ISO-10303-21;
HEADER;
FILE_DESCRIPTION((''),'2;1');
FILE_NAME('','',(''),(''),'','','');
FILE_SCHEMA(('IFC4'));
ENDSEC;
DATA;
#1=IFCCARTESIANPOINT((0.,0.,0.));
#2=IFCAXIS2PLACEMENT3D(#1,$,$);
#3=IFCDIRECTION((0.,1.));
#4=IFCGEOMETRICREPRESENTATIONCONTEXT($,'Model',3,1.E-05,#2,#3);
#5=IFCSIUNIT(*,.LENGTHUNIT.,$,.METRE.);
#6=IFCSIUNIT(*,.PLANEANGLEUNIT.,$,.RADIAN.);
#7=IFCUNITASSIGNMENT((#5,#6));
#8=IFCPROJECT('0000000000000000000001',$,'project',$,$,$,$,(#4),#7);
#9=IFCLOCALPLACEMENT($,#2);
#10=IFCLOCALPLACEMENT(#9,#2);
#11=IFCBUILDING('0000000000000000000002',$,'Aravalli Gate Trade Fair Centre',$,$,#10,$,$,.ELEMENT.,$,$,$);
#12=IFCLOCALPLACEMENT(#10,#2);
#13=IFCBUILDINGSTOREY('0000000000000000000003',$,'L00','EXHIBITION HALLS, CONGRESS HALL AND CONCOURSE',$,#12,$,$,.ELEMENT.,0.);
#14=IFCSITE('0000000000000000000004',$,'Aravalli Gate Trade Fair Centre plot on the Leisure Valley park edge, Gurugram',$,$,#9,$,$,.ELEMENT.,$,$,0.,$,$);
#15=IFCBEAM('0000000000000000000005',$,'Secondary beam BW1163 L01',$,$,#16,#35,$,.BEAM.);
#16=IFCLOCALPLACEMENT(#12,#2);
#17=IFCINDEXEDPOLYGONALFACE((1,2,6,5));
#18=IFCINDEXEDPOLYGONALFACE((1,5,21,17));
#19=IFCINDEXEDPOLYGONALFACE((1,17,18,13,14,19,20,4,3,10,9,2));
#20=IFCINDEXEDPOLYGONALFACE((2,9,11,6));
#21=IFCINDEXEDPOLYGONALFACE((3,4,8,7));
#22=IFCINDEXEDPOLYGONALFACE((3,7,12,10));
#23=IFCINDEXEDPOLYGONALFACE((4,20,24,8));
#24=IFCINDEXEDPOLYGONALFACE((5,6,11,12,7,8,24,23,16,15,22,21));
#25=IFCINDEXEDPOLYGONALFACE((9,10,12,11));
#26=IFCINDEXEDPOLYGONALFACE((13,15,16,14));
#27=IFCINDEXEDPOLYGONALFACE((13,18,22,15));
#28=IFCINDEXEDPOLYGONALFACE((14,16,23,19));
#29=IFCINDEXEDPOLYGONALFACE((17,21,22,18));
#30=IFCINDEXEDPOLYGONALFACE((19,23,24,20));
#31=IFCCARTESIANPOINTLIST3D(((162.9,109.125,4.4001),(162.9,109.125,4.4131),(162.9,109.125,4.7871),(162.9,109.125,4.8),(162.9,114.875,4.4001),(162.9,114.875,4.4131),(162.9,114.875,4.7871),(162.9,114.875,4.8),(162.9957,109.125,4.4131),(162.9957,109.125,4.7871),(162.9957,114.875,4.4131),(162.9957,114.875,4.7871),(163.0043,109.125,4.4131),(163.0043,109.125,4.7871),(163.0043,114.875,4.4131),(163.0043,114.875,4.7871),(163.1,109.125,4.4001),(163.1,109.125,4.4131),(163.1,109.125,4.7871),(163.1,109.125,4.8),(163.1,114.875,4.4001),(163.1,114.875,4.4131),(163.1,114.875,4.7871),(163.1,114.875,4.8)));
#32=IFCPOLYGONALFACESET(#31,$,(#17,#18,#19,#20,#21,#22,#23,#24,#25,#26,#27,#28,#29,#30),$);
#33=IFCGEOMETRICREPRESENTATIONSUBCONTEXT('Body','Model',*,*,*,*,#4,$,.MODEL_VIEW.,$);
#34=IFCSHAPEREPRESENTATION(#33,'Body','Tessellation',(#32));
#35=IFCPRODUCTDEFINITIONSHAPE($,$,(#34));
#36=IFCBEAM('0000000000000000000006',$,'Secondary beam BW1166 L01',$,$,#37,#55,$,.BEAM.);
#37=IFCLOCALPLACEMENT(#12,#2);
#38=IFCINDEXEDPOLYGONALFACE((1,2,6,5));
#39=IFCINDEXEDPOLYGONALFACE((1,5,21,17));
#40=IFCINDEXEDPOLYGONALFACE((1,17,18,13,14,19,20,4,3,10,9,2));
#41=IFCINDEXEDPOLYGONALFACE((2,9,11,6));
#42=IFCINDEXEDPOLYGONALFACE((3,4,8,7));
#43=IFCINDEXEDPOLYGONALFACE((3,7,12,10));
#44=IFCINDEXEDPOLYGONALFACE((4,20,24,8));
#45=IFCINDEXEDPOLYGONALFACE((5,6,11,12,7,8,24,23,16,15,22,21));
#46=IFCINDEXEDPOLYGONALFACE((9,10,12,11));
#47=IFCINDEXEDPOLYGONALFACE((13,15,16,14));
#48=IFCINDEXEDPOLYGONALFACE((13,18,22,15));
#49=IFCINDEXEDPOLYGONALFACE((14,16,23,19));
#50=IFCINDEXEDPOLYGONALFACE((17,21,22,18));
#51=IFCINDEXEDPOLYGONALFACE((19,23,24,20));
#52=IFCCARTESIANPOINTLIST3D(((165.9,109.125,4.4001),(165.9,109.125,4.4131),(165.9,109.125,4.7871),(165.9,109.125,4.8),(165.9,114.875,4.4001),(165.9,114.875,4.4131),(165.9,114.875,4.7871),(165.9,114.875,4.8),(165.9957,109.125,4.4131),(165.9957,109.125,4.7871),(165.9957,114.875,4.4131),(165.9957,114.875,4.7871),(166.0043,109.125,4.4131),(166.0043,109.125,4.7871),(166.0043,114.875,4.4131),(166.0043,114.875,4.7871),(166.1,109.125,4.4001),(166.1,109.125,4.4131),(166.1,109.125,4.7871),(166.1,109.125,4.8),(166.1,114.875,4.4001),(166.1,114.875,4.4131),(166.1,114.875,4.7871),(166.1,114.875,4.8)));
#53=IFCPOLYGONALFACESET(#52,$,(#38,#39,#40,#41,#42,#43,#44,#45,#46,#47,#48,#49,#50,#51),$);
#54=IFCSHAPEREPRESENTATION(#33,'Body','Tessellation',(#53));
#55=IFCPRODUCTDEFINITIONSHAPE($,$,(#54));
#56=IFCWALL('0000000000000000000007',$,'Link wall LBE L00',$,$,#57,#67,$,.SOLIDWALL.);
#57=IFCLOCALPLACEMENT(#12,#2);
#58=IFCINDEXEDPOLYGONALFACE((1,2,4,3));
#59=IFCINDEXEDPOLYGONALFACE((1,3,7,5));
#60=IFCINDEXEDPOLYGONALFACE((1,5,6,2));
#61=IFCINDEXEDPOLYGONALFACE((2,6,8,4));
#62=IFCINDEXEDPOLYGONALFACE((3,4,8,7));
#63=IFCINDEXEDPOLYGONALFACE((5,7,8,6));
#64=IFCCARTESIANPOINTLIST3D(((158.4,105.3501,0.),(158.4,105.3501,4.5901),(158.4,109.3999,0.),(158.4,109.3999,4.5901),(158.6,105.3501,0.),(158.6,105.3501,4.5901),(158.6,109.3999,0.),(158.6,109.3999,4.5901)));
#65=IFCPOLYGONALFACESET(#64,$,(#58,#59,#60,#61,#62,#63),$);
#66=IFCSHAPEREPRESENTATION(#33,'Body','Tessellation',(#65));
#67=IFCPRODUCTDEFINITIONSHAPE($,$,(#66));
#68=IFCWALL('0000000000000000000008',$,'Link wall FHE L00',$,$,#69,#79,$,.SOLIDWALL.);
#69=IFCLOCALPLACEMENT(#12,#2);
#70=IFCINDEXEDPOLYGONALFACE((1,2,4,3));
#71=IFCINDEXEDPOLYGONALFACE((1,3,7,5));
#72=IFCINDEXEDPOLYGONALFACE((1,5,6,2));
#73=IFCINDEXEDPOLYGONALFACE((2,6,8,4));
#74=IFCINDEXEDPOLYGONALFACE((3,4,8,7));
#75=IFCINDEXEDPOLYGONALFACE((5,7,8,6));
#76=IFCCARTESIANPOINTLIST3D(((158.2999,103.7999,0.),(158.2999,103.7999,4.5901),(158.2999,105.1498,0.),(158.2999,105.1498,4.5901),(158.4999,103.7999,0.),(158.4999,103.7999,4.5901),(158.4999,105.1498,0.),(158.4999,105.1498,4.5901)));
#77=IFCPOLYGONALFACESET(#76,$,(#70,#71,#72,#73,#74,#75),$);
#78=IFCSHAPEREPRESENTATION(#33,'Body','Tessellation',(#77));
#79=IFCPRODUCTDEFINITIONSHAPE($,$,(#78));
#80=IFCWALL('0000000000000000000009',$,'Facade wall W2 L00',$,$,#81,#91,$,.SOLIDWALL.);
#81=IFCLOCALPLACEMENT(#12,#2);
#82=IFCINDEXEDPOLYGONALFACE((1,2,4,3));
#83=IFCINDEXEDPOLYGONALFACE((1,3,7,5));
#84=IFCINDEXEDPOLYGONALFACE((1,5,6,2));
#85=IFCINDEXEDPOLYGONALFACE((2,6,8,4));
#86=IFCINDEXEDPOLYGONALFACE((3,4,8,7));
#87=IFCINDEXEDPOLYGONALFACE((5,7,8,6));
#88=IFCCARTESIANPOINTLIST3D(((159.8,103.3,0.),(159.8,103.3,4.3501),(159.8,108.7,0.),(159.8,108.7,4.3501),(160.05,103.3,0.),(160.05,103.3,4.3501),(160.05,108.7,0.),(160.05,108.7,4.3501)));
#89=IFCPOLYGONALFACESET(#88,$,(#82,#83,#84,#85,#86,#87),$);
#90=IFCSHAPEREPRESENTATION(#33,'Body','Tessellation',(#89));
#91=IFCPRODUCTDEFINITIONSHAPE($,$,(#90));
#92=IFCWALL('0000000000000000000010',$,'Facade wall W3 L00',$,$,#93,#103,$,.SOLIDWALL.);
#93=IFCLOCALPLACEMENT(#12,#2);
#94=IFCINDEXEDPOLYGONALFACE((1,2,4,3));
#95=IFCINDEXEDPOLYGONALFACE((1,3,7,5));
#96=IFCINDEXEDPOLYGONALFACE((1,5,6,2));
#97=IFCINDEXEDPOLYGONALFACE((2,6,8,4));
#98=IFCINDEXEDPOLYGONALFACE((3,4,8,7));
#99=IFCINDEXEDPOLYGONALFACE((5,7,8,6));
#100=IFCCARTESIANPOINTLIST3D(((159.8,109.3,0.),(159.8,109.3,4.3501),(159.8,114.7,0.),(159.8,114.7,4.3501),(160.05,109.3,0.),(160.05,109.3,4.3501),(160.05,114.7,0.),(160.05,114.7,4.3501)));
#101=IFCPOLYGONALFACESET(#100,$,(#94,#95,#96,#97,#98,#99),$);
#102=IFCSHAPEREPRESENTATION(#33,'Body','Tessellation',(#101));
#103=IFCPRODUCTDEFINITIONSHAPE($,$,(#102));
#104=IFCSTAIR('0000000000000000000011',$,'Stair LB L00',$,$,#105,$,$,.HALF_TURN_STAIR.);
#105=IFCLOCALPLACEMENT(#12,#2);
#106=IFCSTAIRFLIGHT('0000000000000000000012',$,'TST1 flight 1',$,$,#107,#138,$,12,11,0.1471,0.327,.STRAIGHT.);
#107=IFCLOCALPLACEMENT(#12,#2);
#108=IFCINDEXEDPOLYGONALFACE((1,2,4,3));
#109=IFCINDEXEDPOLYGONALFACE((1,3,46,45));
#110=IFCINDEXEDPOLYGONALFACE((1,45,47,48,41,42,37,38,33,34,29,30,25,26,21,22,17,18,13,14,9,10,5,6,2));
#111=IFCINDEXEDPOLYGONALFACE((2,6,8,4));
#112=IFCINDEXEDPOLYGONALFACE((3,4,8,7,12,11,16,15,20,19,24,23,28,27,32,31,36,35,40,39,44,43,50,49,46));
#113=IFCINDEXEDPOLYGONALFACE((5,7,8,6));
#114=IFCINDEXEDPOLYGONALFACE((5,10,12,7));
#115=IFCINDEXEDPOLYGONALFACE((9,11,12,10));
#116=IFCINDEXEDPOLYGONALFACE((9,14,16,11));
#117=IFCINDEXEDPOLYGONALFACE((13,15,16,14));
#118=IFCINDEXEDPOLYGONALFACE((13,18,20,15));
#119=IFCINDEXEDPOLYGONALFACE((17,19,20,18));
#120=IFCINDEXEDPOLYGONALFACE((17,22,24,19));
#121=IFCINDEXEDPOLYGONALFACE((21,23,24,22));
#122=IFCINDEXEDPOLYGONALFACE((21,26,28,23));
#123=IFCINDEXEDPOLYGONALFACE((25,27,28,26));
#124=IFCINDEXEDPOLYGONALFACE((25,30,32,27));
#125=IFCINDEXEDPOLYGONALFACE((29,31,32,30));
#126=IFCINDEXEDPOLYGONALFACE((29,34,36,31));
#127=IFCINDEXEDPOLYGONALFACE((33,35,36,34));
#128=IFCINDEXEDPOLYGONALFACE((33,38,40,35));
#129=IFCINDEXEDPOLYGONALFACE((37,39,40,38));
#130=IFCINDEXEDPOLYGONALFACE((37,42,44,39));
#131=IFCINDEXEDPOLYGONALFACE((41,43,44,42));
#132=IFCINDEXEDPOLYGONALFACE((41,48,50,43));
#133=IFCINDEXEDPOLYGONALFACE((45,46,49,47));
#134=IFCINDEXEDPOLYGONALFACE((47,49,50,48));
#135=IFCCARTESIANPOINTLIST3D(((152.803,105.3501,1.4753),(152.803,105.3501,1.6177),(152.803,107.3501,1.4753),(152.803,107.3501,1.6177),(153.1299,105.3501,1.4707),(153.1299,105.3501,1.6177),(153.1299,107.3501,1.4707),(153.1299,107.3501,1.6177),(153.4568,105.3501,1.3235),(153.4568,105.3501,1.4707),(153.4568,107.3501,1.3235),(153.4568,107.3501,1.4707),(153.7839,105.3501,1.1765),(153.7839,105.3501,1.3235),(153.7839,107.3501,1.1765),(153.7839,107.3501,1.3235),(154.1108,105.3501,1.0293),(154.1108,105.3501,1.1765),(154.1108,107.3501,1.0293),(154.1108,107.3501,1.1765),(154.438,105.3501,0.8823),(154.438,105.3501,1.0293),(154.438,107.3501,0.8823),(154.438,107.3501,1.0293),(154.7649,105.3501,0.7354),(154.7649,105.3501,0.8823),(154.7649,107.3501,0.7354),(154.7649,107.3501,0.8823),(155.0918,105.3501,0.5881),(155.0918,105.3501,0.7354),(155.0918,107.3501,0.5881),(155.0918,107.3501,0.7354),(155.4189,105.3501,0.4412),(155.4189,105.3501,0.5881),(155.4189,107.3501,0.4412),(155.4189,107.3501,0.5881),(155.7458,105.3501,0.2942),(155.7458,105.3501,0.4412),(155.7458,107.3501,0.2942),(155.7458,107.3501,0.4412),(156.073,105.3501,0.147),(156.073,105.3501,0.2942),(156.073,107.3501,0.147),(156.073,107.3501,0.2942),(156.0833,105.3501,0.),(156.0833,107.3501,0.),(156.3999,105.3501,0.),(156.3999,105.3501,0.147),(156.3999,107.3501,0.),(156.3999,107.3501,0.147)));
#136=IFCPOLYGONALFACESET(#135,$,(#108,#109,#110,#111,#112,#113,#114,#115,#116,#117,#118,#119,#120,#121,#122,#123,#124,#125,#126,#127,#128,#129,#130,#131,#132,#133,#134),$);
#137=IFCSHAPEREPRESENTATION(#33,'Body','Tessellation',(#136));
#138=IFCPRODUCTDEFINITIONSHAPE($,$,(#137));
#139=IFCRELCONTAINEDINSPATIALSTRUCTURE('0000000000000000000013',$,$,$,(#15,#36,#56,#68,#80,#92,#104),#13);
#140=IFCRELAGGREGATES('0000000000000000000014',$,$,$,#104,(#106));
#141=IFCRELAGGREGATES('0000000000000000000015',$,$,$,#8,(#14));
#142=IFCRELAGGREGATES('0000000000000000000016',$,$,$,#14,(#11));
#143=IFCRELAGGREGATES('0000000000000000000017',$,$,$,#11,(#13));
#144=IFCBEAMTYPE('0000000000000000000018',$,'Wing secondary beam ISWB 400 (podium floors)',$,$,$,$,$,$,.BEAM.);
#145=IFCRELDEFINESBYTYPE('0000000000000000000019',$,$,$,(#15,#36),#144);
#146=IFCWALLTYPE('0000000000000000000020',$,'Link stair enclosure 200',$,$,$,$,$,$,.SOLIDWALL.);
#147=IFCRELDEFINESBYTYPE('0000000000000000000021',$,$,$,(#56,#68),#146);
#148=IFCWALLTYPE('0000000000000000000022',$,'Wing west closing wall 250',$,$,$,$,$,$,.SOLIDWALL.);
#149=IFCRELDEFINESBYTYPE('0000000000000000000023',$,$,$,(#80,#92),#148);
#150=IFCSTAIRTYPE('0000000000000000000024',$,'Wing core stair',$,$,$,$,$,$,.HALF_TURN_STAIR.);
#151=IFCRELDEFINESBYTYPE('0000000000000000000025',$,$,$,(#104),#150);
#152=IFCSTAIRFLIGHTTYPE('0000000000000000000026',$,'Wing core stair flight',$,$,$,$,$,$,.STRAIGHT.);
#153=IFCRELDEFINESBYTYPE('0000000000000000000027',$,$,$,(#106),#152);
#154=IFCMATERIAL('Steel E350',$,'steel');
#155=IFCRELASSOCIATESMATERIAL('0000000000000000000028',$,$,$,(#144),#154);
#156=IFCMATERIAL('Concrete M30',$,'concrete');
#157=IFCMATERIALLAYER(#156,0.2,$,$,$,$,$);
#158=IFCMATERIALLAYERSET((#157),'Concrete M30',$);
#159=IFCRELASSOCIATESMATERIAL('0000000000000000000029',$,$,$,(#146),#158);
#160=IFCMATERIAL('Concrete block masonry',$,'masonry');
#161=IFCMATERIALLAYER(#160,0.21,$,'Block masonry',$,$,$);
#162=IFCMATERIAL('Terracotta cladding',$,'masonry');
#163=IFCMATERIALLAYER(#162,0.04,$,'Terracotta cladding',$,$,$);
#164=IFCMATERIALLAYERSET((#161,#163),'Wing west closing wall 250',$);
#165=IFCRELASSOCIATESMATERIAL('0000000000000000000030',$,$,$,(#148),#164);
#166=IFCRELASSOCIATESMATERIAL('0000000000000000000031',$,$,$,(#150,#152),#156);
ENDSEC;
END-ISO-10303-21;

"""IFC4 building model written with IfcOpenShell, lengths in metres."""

from ifc_helpers import new_model, si_unit, direction, frame, frame_2d, origin, origin_2d, place, context, subcontext, project, spatial, polyline, rectangle, i_section, outline, extrude, material, layer, layer_set, material_profile, profile_set, type_object, element, aggregate, save


model = new_model("IFC4")

# Units and contexts
model_context = context("Model", 3, precision=1e-05, world=origin(), true_north=direction((0.0, 1.0)))
body_context = subcontext(model_context, "Body", "Model", "MODEL_VIEW")
ifc_project = project(units=[si_unit("LENGTHUNIT", "METRE"), si_unit("PLANEANGLEUNIT", "RADIAN")], contexts=[model_context])

# Site, building, storey
site_placement = place(None, origin())
site = spatial("IfcSite", under=ifc_project, at=site_placement, Name="Aravalli Gate Trade Fair Centre plot on the Leisure Valley park edge, Gurugram", CompositionType="ELEMENT", RefElevation=0.0)
building_placement = place(site_placement, origin())
building = spatial("IfcBuilding", under=site, at=building_placement, Name="Aravalli Gate Trade Fair Centre", CompositionType="ELEMENT")
storey_placement = place(building_placement, origin())
storey = spatial("IfcBuildingStorey", under=building, at=storey_placement, Name="L00", Description="EXHIBITION HALLS, CONGRESS HALL AND CONCOURSE", CompositionType="ELEMENT", Elevation=0.0)

# Shared definitions
ifc_material_1 = material(Name="Steel E350", Category="steel")

# Beams
ifc_material_profile_1 = material_profile(ifc_material_1, i_section(OverallWidth=0.2, OverallDepth=0.3999, WebThickness=0.0085, FlangeThickness=0.0129, at=origin_2d()), Name="ISWB 400")
ifc_profile_set_1 = profile_set([ifc_material_profile_1], Name="Steel E350")
beam_type_1 = type_object("IfcBeamType", Name="Wing secondary beam ISWB 400 (podium floors)", PredefinedType="BEAM", material=ifc_profile_set_1)
for number, where, z_axis, x_axis, name in (
    (1, (163.0, 109.125, 4.6001), (0.0, 1.0, 0.0), (-1.0, 0.0, 0.0), "Secondary beam BW1163 L01"),
    (2, (166.0, 109.125, 4.6001), (0.0, 1.0, 0.0), (-1.0, 0.0, 0.0), "Secondary beam BW1166 L01"),
):
    element("IfcBeam", number, at=place(storey_placement, frame(where, z_axis=z_axis, x_axis=x_axis)), inside=storey, type_object=beam_type_1, Name=name, PredefinedType="BEAM", context=body_context, shape_type="SweptSolid", body=[
        extrude(i_section(OverallWidth=0.2, OverallDepth=0.3999, WebThickness=0.0085, FlangeThickness=0.0129, at=origin_2d()), origin(), (0.0, 0.0, 1.0), 5.75),
    ])

# Walls
ifc_material_2 = material(Name="Concrete M30", Category="concrete")
ifc_layer_1 = layer(ifc_material_2, 0.2)
ifc_layer_set_1 = layer_set([ifc_layer_1], Name="Concrete M30")
wall_type_1 = type_object("IfcWallType", Name="Link stair enclosure 200", PredefinedType="SOLIDWALL", material=ifc_layer_set_1)
wall_1_placement = place(storey_placement, frame((158.5, 105.3501, 0.0), z_axis=(0.0, 0.0, 1.0), x_axis=(0.0, 1.0, 0.0)))
element("IfcWall", 3, at=wall_1_placement, inside=storey, type_object=wall_type_1, Name="Link wall LBE L00", PredefinedType="SOLIDWALL", context=body_context, shape_type="SweptSolid", body=[
    extrude(rectangle(XDim=4.0498, YDim=0.2, at=frame_2d((2.0249, 0.0))), origin(), (0.0, 0.0, 1.0), 4.5901),
])
wall_2_placement = place(storey_placement, frame((158.3999, 103.8, 0.0), z_axis=(0.0, 0.0, 1.0), x_axis=(0.0, 1.0, 0.0)))
element("IfcWall", 4, at=wall_2_placement, inside=storey, type_object=wall_type_1, Name="Link wall FHE L00", PredefinedType="SOLIDWALL", context=body_context, shape_type="SweptSolid", body=[
    extrude(rectangle(XDim=1.3499, YDim=0.2, at=frame_2d((0.6748, 0.0))), origin(), (0.0, 0.0, 1.0), 4.5901),
])
ifc_material_3 = material(Name="Concrete block masonry", Category="masonry")
ifc_layer_2 = layer(ifc_material_3, 0.21, Name="Block masonry")
ifc_material_4 = material(Name="Terracotta cladding", Category="masonry")
ifc_layer_3 = layer(ifc_material_4, 0.04, Name="Terracotta cladding")
ifc_layer_set_2 = layer_set([ifc_layer_2, ifc_layer_3], Name="Wing west closing wall 250")
wall_type_2 = type_object("IfcWallType", Name="Wing west closing wall 250", PredefinedType="SOLIDWALL", material=ifc_layer_set_2)
for number, where, z_axis, x_axis, name in (
    (5, (159.925, 103.3, 0.0), (0.0, 0.0, 1.0), (0.0, 1.0, 0.0), "Facade wall W2 L00"),
    (6, (159.925, 109.3, 0.0), (0.0, 0.0, 1.0), (0.0, 1.0, 0.0), "Facade wall W3 L00"),
):
    element("IfcWall", number, at=place(storey_placement, frame(where, z_axis=z_axis, x_axis=x_axis)), inside=storey, type_object=wall_type_2, Name=name, PredefinedType="SOLIDWALL", context=body_context, shape_type="SweptSolid", body=[
        extrude(rectangle(XDim=5.3999, YDim=0.25, at=frame_2d((2.7, 0.0))), origin(), (0.0, 0.0, 1.0), 4.3501),
    ])

# Stair, stair flight
stair_type = type_object("IfcStairType", Name="Wing core stair", PredefinedType="HALF_TURN_STAIR", material=ifc_material_2)
stair_placement = place(storey_placement, origin())
stair = element("IfcStair", 7, at=stair_placement, inside=storey, type_object=stair_type, Name="Stair LB L00", PredefinedType="HALF_TURN_STAIR")
stair_flight_type = type_object("IfcStairFlightType", Name="Wing core stair flight", PredefinedType="STRAIGHT", material=ifc_material_2)
stair_flight_placement = place(storey_placement, frame((156.3999, 106.3501, 0.0), z_axis=(0.0, 0.0, 1.0), x_axis=(-1.0, 0.0, 0.0)))
stair_flight = element("IfcStairFlight", 8, at=stair_flight_placement, type_object=stair_flight_type, Name="TST1 flight 1", NumberOfRisers=12, NumberOfTreads=11, PredefinedType="STRAIGHT", RiserHeight=0.1471, TreadLength=0.327, context=body_context, shape_type="SweptSolid", body=[
    extrude(outline(polyline([(0.0, 0.0), (0.0, 0.147), (0.3269, 0.147), (0.3269, 0.2942), (0.6541, 0.2942), (0.6541, 0.4412), (0.981, 0.4412), (0.981, 0.5881), (1.3081, 0.5881), (1.3081, 0.7354), (1.635, 0.7354), (1.635, 0.8823), (1.9619, 0.8823), (1.9619, 1.0293), (2.2891, 1.0293), (2.2891, 1.1765), (2.616, 1.1765), (2.616, 1.3235), (2.9431, 1.3235), (2.9431, 1.4707), (3.27, 1.4707), (3.27, 1.6177), (3.5969, 1.6177), (3.5969, 1.7646), (3.5969, 1.4753), (0.3167, 0.0), (0.0, 0.0)])), frame((0.0, 1.0, 0.0), z_axis=(0.0, -1.0, 0.0), x_axis=(1.0, 0.0, 0.0)), (0.0, 0.0, 1.0), 2.0),
])
aggregate(stair, [stair_flight])

save(model, "model.ifc")
